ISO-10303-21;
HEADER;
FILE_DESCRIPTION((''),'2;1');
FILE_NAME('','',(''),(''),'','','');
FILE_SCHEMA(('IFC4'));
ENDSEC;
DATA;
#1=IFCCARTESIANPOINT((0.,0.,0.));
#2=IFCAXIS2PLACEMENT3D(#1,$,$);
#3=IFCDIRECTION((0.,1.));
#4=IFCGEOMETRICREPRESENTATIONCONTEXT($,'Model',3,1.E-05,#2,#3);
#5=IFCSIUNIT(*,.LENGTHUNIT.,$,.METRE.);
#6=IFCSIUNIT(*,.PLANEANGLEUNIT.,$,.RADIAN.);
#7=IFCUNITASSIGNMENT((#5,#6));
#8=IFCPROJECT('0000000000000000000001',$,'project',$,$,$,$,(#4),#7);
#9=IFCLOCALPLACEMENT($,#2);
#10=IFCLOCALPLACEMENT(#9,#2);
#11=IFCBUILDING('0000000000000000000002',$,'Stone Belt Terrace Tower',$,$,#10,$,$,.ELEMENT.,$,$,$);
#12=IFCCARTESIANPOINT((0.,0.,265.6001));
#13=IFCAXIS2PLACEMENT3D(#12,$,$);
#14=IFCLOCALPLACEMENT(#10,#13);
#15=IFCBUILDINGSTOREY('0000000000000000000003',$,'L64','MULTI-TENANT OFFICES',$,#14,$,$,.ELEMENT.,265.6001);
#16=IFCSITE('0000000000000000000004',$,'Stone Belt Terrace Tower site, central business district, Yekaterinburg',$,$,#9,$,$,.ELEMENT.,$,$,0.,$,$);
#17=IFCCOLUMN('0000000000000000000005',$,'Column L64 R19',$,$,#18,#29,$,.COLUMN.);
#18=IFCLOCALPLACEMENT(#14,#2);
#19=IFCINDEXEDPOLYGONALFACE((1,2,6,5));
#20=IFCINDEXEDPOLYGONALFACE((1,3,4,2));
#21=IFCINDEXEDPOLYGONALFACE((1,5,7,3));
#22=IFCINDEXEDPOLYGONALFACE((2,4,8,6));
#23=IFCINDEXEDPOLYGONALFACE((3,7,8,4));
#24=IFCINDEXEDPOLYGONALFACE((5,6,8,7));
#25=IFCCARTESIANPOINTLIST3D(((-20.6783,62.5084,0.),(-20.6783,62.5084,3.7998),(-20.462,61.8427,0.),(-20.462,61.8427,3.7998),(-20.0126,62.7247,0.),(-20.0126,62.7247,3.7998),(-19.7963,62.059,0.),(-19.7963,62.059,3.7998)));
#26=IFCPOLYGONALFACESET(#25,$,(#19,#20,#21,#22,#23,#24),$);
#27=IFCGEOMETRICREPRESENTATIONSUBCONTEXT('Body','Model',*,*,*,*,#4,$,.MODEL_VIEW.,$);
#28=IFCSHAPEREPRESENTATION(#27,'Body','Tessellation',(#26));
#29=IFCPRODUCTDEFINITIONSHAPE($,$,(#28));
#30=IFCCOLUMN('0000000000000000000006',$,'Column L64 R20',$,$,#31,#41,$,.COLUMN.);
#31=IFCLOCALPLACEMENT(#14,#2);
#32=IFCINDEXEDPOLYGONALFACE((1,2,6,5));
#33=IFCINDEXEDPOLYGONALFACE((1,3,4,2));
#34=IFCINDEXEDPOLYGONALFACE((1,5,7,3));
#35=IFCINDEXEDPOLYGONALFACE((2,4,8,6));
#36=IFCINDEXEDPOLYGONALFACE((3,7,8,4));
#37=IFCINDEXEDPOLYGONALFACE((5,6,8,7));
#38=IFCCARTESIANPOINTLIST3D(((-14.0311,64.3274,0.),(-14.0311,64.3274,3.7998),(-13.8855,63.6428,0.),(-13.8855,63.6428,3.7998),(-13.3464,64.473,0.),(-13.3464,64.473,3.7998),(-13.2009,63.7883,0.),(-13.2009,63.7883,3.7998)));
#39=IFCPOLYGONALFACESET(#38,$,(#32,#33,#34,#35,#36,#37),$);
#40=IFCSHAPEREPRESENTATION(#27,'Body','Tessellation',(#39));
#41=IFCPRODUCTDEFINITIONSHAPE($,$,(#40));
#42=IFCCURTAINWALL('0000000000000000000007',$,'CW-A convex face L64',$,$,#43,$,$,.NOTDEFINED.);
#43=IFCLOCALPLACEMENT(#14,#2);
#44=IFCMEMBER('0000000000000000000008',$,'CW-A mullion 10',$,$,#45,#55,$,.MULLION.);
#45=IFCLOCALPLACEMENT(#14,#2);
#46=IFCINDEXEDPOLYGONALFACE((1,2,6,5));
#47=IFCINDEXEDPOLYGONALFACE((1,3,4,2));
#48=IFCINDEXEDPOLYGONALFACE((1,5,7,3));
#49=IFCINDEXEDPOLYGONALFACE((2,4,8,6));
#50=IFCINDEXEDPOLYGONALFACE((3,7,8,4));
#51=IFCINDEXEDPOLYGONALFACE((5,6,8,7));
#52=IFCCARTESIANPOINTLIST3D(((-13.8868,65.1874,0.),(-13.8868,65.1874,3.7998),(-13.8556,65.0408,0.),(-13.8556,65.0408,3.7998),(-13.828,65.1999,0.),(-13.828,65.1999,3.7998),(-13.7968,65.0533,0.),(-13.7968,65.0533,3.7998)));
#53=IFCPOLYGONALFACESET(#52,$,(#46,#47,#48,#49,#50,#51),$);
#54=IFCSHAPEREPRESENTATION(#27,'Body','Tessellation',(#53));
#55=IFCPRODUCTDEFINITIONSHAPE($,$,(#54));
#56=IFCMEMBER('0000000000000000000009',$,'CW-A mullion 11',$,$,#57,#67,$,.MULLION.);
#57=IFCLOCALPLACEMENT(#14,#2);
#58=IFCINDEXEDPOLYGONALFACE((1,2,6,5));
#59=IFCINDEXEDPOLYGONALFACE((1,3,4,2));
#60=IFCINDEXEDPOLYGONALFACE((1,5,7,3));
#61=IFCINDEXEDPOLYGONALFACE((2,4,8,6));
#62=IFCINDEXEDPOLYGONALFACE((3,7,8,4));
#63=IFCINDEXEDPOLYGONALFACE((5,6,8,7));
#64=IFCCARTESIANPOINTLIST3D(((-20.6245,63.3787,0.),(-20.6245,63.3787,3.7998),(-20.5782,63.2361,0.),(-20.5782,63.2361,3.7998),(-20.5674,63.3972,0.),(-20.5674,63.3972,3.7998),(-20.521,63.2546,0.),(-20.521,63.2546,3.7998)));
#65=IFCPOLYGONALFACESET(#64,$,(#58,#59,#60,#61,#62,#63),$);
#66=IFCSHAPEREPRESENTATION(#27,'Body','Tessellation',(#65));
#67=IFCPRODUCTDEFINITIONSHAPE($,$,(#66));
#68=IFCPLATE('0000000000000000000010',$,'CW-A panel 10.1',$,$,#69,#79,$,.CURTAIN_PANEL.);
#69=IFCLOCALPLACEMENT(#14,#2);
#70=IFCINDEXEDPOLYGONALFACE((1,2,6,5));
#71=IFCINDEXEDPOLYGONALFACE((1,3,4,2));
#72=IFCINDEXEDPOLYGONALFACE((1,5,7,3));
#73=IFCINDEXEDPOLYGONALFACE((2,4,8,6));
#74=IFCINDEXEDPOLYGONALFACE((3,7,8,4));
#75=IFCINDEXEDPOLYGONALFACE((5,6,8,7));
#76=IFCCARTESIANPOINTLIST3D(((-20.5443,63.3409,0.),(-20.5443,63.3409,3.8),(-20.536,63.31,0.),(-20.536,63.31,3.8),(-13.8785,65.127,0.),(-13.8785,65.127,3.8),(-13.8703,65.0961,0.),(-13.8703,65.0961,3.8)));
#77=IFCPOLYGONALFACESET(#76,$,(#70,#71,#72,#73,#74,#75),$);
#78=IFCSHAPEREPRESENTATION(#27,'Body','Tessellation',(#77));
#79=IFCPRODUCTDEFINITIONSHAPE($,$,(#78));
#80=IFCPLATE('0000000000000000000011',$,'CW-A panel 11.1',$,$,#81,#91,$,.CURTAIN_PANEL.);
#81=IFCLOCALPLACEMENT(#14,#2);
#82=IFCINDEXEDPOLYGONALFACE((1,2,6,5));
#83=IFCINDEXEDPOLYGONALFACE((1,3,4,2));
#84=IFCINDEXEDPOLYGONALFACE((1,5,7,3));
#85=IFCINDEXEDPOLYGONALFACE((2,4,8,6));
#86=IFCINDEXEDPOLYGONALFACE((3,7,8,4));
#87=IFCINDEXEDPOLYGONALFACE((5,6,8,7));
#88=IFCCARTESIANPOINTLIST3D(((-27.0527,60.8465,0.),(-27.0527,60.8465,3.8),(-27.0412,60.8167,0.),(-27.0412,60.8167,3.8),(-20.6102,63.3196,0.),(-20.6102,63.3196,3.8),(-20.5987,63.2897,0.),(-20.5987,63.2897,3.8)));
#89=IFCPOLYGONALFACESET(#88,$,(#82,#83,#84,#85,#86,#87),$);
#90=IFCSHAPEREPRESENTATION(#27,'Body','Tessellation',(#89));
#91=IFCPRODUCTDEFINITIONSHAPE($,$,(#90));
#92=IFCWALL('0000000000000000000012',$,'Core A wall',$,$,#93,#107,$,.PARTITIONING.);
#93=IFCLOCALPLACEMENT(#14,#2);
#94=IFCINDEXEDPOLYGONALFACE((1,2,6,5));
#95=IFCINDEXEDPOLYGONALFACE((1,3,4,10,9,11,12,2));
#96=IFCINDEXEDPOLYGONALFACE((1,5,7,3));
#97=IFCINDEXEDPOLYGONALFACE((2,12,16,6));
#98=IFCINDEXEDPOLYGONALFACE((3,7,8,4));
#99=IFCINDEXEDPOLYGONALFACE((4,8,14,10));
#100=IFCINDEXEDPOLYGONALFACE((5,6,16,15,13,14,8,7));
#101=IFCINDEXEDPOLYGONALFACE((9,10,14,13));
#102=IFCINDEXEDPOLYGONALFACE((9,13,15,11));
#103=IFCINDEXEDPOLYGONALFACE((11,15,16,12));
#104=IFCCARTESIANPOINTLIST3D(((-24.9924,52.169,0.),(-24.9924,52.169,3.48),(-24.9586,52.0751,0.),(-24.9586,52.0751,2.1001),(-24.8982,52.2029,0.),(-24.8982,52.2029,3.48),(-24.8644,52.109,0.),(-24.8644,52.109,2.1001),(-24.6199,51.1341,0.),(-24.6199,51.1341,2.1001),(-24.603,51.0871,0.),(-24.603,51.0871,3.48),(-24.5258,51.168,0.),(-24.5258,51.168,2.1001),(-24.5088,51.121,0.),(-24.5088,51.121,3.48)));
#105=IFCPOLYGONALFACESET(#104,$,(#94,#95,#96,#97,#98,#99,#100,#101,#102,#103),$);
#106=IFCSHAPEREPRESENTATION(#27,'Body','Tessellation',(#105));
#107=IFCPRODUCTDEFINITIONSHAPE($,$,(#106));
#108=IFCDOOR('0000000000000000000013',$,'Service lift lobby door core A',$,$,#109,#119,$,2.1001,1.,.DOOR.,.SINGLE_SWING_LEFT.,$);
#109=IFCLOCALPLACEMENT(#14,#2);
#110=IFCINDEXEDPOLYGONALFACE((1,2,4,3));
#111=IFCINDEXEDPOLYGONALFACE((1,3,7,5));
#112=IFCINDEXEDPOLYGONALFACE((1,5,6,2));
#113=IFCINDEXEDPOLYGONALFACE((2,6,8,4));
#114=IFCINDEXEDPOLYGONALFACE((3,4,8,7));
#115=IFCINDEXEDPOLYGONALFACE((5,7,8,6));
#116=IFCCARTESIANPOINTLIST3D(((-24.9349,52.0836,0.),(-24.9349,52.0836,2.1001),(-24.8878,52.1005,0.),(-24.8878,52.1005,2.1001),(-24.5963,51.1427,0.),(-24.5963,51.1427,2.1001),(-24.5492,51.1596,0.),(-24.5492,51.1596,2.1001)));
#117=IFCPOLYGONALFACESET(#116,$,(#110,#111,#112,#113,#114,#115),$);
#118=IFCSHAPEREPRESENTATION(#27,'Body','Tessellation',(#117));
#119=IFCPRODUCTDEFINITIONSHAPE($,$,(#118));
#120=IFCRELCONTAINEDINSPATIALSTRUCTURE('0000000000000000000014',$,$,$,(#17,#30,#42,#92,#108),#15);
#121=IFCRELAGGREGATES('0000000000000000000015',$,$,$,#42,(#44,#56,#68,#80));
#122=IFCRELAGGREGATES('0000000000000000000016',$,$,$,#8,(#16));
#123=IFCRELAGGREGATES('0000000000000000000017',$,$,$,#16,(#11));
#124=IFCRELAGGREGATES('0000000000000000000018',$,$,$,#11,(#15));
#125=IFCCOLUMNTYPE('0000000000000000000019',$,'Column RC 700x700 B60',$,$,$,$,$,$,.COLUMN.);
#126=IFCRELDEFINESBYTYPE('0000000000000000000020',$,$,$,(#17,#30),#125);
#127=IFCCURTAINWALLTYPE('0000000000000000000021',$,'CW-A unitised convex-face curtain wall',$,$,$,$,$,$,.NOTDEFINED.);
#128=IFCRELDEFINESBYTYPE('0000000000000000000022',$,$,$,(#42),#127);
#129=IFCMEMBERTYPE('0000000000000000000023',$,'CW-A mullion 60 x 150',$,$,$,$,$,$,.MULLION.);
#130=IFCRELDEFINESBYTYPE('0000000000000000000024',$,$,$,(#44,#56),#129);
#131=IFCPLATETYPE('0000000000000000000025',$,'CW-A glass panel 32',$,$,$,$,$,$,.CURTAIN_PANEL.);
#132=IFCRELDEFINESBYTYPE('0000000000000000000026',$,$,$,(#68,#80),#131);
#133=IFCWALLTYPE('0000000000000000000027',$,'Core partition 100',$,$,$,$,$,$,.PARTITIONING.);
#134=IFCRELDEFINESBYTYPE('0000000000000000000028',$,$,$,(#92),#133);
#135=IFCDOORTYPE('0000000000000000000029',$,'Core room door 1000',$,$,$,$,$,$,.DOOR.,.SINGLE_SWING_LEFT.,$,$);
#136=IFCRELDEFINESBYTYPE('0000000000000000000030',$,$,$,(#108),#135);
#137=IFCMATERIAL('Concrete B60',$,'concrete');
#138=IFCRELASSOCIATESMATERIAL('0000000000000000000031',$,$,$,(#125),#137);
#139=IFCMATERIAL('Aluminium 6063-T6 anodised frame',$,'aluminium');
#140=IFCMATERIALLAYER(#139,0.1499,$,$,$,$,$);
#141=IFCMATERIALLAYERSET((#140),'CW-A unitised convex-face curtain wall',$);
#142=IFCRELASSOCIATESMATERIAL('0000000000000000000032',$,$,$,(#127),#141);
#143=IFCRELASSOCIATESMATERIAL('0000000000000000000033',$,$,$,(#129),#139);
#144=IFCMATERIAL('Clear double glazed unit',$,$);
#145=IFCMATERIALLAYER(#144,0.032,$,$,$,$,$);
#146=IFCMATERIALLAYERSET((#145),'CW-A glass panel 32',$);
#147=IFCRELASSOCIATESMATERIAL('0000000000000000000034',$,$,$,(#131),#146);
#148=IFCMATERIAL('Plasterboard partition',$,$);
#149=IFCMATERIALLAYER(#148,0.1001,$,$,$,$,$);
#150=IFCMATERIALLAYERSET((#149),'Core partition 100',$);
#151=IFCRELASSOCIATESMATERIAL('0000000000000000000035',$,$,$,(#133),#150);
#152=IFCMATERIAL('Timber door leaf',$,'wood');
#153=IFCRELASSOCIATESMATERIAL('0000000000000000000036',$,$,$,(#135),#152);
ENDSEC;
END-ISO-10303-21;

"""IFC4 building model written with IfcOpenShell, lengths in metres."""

from ifc_helpers import new_model, si_unit, direction, frame, frame_2d, origin, origin_2d, place, context, subcontext, project, spatial, rectangle, extrude, material, layer, layer_set, material_profile, profile_set, type_object, element, fill, aggregate, save


model = new_model("IFC4")

# Units and contexts
model_context = context("Model", 3, precision=1e-05, world=origin(), true_north=direction((0.0, 1.0)))
body_context = subcontext(model_context, "Body", "Model", "MODEL_VIEW")
ifc_project = project(units=[si_unit("LENGTHUNIT", "METRE"), si_unit("PLANEANGLEUNIT", "RADIAN")], contexts=[model_context])

# Site, building, storey
site_placement = place(None, origin())
site = spatial("IfcSite", under=ifc_project, at=site_placement, Name="Stone Belt Terrace Tower site, central business district, Yekaterinburg", CompositionType="ELEMENT", RefElevation=0.0)
building_placement = place(site_placement, origin())
building = spatial("IfcBuilding", under=site, at=building_placement, Name="Stone Belt Terrace Tower", CompositionType="ELEMENT")
storey_placement = place(building_placement, frame((0.0, 0.0, 265.6001)))
storey = spatial("IfcBuildingStorey", under=building, at=storey_placement, Name="L64", Description="MULTI-TENANT OFFICES", CompositionType="ELEMENT", Elevation=265.6001)

# Columns
ifc_material_1 = material(Name="Concrete B60", Category="concrete")
ifc_material_profile_1 = material_profile(ifc_material_1, rectangle(XDim=0.7, YDim=0.7, at=origin_2d()), Name="RC 700x700")
ifc_profile_set_1 = profile_set([ifc_material_profile_1], Name="Concrete B60")
column_type = type_object("IfcColumnType", Name="Column RC 700x700 B60", PredefinedType="COLUMN", material=ifc_profile_set_1)
for number, where, z_axis, x_axis, name in (
    (1, (-20.2373, 62.2837, 0.0), (0.0, 0.0, 1.0), (0.951057, 0.309017, 0.0), "Column L64 R19"),
    (2, (-13.616, 64.0579, 0.0), (0.0, 0.0, 1.0), (0.978148, 0.207912, 0.0), "Column L64 R20"),
):
    element("IfcColumn", number, at=place(storey_placement, frame(where, z_axis=z_axis, x_axis=x_axis)), inside=storey, type_object=column_type, Name=name, PredefinedType="COLUMN", context=body_context, shape_type="SweptSolid", body=[
        extrude(rectangle(XDim=0.7, YDim=0.7, at=origin_2d()), origin(), (0.0, 0.0, 1.0), 3.7998),
    ])

# Curtain wall, members, plates
ifc_material_2 = material(Name="Aluminium 6063-T6 anodised frame", Category="aluminium")
ifc_layer_1 = layer(ifc_material_2, 0.1499)
ifc_layer_set_1 = layer_set([ifc_layer_1], Name="CW-A unitised convex-face curtain wall")
curtain_wall_type = type_object("IfcCurtainWallType", Name="CW-A unitised convex-face curtain wall", PredefinedType="NOTDEFINED", material=ifc_layer_set_1)
curtain_wall_placement = place(storey_placement, origin())
curtain_wall = element("IfcCurtainWall", 3, at=curtain_wall_placement, inside=storey, type_object=curtain_wall_type, Name="CW-A convex face L64", PredefinedType="NOTDEFINED")
ifc_material_profile_2 = material_profile(ifc_material_2, rectangle(XDim=0.1499, YDim=0.0601, at=origin_2d()), Name="Aluminium 6063-T6 60x150")
ifc_profile_set_2 = profile_set([ifc_material_profile_2], Name="Aluminium 6063-T6 anodised frame")
member_type = type_object("IfcMemberType", Name="CW-A mullion 60 x 150", PredefinedType="MULLION", material=ifc_profile_set_2)
member_1_placement = place(storey_placement, frame((-13.8418, 65.1204, 0.0), z_axis=(0.0, 0.0, 1.0), x_axis=(0.207912, -0.978148, 0.0)))
member_1 = element("IfcMember", 4, at=member_1_placement, type_object=member_type, Name="CW-A mullion 10", PredefinedType="MULLION", context=body_context, shape_type="SweptSolid", body=[
    extrude(rectangle(XDim=0.1499, YDim=0.0601, at=origin_2d()), origin(), (0.0, 0.0, 1.0), 3.7998),
])
member_2_placement = place(storey_placement, frame((-20.5728, 63.3167, 0.0), z_axis=(0.0, 0.0, 1.0), x_axis=(0.309017, -0.951057, 0.0)))
member_2 = element("IfcMember", 5, at=member_2_placement, type_object=member_type, Name="CW-A mullion 11", PredefinedType="MULLION", context=body_context, shape_type="SweptSolid", body=[
    extrude(rectangle(XDim=0.1499, YDim=0.0601, at=origin_2d()), origin(), (0.0, 0.0, 1.0), 3.7998),
])
ifc_material_3 = material(Name="Clear double glazed unit")
ifc_layer_2 = layer(ifc_material_3, 0.032)
ifc_layer_set_2 = layer_set([ifc_layer_2], Name="CW-A glass panel 32")
plate_type = type_object("IfcPlateType", Name="CW-A glass panel 32", PredefinedType="CURTAIN_PANEL", material=ifc_layer_set_2)
plate_1_placement = place(storey_placement, frame((-17.2073, 64.2185, 0.0), z_axis=(0.0, 0.0, 1.0), x_axis=(-0.965926, -0.258819, 0.0)))
plate_1 = element("IfcPlate", 6, at=plate_1_placement, type_object=plate_type, Name="CW-A panel 10.1", PredefinedType="CURTAIN_PANEL", context=body_context, shape_type="SweptSolid", body=[
    extrude(rectangle(XDim=6.9009, YDim=0.032, at=origin_2d()), origin(), (0.0, 0.0, 1.0), 3.8),
])
plate_2_placement = place(storey_placement, frame((-23.8257, 62.0681, 0.0), z_axis=(0.0, 0.0, 1.0), x_axis=(-0.93358, -0.358368, 0.0)))
plate_2 = element("IfcPlate", 7, at=plate_2_placement, type_object=plate_type, Name="CW-A panel 11.1", PredefinedType="CURTAIN_PANEL", context=body_context, shape_type="SweptSolid", body=[
    extrude(rectangle(XDim=6.9009, YDim=0.032, at=origin_2d()), origin(), (0.0, 0.0, 1.0), 3.8),
])
aggregate(curtain_wall, [member_1, member_2, plate_1, plate_2])

# Wall, opening, door
ifc_material_4 = material(Name="Plasterboard partition")
ifc_layer_3 = layer(ifc_material_4, 0.1001)
ifc_layer_set_3 = layer_set([ifc_layer_3], Name="Core partition 100")
wall_type_1 = type_object("IfcWallType", Name="Core partition 100", PredefinedType="PARTITIONING", material=ifc_layer_set_3)
wall_1_placement = place(storey_placement, frame((-24.5559, 51.104, 0.0), z_axis=(0.0, 0.0, 1.0), x_axis=(-0.338622, 0.940923, 0.0)))
wall_1 = element("IfcWall", 8, at=wall_1_placement, inside=storey, type_object=wall_type_1, Name="Core A wall", PredefinedType="PARTITIONING", context=body_context, shape_type="SweptSolid", body=[
    extrude(rectangle(XDim=1.1499, YDim=0.1001, at=frame_2d((0.575, 0.0))), origin(), (0.0, 0.0, 1.0), 3.48),
])
opening_1_placement = place(wall_1_placement, frame((0.05, 0.0, 0.0)))
opening_1 = element("IfcOpeningElement", 9, at=opening_1_placement, cuts=wall_1, PredefinedType="OPENING", context=body_context, shape_type="SweptSolid", body=[
    extrude(rectangle(XDim=1.0, YDim=2.1001, at=frame_2d((0.5, 1.05))), frame((0.0, 0.0601, 0.0), z_axis=(0.0, -1.0, 0.0), x_axis=(1.0, 0.0, 0.0)), (0.0, 0.0, 1.0), 0.1201),
])
ifc_material_5 = material(Name="Timber door leaf", Category="wood")
door_type_1 = type_object("IfcDoorType", Name="Core room door 1000", OperationType="SINGLE_SWING_LEFT", PredefinedType="DOOR", material=ifc_material_5)
door_1_placement = place(opening_1_placement, origin())
door_1 = element("IfcDoor", 10, at=door_1_placement, inside=storey, type_object=door_type_1, Name="Service lift lobby door core A", OperationType="SINGLE_SWING_LEFT", OverallHeight=2.1001, OverallWidth=1.0, PredefinedType="DOOR", context=body_context, shape_type="SweptSolid", body=[
    extrude(rectangle(XDim=1.0, YDim=2.1001, at=frame_2d((0.5, 1.05))), frame((0.0, 0.0249, 0.0), z_axis=(0.0, -1.0, 0.0), x_axis=(1.0, 0.0, 0.0)), (0.0, 0.0, 1.0), 0.05),
])
fill(opening_1, door_1)

save(model, "model.ifc")
